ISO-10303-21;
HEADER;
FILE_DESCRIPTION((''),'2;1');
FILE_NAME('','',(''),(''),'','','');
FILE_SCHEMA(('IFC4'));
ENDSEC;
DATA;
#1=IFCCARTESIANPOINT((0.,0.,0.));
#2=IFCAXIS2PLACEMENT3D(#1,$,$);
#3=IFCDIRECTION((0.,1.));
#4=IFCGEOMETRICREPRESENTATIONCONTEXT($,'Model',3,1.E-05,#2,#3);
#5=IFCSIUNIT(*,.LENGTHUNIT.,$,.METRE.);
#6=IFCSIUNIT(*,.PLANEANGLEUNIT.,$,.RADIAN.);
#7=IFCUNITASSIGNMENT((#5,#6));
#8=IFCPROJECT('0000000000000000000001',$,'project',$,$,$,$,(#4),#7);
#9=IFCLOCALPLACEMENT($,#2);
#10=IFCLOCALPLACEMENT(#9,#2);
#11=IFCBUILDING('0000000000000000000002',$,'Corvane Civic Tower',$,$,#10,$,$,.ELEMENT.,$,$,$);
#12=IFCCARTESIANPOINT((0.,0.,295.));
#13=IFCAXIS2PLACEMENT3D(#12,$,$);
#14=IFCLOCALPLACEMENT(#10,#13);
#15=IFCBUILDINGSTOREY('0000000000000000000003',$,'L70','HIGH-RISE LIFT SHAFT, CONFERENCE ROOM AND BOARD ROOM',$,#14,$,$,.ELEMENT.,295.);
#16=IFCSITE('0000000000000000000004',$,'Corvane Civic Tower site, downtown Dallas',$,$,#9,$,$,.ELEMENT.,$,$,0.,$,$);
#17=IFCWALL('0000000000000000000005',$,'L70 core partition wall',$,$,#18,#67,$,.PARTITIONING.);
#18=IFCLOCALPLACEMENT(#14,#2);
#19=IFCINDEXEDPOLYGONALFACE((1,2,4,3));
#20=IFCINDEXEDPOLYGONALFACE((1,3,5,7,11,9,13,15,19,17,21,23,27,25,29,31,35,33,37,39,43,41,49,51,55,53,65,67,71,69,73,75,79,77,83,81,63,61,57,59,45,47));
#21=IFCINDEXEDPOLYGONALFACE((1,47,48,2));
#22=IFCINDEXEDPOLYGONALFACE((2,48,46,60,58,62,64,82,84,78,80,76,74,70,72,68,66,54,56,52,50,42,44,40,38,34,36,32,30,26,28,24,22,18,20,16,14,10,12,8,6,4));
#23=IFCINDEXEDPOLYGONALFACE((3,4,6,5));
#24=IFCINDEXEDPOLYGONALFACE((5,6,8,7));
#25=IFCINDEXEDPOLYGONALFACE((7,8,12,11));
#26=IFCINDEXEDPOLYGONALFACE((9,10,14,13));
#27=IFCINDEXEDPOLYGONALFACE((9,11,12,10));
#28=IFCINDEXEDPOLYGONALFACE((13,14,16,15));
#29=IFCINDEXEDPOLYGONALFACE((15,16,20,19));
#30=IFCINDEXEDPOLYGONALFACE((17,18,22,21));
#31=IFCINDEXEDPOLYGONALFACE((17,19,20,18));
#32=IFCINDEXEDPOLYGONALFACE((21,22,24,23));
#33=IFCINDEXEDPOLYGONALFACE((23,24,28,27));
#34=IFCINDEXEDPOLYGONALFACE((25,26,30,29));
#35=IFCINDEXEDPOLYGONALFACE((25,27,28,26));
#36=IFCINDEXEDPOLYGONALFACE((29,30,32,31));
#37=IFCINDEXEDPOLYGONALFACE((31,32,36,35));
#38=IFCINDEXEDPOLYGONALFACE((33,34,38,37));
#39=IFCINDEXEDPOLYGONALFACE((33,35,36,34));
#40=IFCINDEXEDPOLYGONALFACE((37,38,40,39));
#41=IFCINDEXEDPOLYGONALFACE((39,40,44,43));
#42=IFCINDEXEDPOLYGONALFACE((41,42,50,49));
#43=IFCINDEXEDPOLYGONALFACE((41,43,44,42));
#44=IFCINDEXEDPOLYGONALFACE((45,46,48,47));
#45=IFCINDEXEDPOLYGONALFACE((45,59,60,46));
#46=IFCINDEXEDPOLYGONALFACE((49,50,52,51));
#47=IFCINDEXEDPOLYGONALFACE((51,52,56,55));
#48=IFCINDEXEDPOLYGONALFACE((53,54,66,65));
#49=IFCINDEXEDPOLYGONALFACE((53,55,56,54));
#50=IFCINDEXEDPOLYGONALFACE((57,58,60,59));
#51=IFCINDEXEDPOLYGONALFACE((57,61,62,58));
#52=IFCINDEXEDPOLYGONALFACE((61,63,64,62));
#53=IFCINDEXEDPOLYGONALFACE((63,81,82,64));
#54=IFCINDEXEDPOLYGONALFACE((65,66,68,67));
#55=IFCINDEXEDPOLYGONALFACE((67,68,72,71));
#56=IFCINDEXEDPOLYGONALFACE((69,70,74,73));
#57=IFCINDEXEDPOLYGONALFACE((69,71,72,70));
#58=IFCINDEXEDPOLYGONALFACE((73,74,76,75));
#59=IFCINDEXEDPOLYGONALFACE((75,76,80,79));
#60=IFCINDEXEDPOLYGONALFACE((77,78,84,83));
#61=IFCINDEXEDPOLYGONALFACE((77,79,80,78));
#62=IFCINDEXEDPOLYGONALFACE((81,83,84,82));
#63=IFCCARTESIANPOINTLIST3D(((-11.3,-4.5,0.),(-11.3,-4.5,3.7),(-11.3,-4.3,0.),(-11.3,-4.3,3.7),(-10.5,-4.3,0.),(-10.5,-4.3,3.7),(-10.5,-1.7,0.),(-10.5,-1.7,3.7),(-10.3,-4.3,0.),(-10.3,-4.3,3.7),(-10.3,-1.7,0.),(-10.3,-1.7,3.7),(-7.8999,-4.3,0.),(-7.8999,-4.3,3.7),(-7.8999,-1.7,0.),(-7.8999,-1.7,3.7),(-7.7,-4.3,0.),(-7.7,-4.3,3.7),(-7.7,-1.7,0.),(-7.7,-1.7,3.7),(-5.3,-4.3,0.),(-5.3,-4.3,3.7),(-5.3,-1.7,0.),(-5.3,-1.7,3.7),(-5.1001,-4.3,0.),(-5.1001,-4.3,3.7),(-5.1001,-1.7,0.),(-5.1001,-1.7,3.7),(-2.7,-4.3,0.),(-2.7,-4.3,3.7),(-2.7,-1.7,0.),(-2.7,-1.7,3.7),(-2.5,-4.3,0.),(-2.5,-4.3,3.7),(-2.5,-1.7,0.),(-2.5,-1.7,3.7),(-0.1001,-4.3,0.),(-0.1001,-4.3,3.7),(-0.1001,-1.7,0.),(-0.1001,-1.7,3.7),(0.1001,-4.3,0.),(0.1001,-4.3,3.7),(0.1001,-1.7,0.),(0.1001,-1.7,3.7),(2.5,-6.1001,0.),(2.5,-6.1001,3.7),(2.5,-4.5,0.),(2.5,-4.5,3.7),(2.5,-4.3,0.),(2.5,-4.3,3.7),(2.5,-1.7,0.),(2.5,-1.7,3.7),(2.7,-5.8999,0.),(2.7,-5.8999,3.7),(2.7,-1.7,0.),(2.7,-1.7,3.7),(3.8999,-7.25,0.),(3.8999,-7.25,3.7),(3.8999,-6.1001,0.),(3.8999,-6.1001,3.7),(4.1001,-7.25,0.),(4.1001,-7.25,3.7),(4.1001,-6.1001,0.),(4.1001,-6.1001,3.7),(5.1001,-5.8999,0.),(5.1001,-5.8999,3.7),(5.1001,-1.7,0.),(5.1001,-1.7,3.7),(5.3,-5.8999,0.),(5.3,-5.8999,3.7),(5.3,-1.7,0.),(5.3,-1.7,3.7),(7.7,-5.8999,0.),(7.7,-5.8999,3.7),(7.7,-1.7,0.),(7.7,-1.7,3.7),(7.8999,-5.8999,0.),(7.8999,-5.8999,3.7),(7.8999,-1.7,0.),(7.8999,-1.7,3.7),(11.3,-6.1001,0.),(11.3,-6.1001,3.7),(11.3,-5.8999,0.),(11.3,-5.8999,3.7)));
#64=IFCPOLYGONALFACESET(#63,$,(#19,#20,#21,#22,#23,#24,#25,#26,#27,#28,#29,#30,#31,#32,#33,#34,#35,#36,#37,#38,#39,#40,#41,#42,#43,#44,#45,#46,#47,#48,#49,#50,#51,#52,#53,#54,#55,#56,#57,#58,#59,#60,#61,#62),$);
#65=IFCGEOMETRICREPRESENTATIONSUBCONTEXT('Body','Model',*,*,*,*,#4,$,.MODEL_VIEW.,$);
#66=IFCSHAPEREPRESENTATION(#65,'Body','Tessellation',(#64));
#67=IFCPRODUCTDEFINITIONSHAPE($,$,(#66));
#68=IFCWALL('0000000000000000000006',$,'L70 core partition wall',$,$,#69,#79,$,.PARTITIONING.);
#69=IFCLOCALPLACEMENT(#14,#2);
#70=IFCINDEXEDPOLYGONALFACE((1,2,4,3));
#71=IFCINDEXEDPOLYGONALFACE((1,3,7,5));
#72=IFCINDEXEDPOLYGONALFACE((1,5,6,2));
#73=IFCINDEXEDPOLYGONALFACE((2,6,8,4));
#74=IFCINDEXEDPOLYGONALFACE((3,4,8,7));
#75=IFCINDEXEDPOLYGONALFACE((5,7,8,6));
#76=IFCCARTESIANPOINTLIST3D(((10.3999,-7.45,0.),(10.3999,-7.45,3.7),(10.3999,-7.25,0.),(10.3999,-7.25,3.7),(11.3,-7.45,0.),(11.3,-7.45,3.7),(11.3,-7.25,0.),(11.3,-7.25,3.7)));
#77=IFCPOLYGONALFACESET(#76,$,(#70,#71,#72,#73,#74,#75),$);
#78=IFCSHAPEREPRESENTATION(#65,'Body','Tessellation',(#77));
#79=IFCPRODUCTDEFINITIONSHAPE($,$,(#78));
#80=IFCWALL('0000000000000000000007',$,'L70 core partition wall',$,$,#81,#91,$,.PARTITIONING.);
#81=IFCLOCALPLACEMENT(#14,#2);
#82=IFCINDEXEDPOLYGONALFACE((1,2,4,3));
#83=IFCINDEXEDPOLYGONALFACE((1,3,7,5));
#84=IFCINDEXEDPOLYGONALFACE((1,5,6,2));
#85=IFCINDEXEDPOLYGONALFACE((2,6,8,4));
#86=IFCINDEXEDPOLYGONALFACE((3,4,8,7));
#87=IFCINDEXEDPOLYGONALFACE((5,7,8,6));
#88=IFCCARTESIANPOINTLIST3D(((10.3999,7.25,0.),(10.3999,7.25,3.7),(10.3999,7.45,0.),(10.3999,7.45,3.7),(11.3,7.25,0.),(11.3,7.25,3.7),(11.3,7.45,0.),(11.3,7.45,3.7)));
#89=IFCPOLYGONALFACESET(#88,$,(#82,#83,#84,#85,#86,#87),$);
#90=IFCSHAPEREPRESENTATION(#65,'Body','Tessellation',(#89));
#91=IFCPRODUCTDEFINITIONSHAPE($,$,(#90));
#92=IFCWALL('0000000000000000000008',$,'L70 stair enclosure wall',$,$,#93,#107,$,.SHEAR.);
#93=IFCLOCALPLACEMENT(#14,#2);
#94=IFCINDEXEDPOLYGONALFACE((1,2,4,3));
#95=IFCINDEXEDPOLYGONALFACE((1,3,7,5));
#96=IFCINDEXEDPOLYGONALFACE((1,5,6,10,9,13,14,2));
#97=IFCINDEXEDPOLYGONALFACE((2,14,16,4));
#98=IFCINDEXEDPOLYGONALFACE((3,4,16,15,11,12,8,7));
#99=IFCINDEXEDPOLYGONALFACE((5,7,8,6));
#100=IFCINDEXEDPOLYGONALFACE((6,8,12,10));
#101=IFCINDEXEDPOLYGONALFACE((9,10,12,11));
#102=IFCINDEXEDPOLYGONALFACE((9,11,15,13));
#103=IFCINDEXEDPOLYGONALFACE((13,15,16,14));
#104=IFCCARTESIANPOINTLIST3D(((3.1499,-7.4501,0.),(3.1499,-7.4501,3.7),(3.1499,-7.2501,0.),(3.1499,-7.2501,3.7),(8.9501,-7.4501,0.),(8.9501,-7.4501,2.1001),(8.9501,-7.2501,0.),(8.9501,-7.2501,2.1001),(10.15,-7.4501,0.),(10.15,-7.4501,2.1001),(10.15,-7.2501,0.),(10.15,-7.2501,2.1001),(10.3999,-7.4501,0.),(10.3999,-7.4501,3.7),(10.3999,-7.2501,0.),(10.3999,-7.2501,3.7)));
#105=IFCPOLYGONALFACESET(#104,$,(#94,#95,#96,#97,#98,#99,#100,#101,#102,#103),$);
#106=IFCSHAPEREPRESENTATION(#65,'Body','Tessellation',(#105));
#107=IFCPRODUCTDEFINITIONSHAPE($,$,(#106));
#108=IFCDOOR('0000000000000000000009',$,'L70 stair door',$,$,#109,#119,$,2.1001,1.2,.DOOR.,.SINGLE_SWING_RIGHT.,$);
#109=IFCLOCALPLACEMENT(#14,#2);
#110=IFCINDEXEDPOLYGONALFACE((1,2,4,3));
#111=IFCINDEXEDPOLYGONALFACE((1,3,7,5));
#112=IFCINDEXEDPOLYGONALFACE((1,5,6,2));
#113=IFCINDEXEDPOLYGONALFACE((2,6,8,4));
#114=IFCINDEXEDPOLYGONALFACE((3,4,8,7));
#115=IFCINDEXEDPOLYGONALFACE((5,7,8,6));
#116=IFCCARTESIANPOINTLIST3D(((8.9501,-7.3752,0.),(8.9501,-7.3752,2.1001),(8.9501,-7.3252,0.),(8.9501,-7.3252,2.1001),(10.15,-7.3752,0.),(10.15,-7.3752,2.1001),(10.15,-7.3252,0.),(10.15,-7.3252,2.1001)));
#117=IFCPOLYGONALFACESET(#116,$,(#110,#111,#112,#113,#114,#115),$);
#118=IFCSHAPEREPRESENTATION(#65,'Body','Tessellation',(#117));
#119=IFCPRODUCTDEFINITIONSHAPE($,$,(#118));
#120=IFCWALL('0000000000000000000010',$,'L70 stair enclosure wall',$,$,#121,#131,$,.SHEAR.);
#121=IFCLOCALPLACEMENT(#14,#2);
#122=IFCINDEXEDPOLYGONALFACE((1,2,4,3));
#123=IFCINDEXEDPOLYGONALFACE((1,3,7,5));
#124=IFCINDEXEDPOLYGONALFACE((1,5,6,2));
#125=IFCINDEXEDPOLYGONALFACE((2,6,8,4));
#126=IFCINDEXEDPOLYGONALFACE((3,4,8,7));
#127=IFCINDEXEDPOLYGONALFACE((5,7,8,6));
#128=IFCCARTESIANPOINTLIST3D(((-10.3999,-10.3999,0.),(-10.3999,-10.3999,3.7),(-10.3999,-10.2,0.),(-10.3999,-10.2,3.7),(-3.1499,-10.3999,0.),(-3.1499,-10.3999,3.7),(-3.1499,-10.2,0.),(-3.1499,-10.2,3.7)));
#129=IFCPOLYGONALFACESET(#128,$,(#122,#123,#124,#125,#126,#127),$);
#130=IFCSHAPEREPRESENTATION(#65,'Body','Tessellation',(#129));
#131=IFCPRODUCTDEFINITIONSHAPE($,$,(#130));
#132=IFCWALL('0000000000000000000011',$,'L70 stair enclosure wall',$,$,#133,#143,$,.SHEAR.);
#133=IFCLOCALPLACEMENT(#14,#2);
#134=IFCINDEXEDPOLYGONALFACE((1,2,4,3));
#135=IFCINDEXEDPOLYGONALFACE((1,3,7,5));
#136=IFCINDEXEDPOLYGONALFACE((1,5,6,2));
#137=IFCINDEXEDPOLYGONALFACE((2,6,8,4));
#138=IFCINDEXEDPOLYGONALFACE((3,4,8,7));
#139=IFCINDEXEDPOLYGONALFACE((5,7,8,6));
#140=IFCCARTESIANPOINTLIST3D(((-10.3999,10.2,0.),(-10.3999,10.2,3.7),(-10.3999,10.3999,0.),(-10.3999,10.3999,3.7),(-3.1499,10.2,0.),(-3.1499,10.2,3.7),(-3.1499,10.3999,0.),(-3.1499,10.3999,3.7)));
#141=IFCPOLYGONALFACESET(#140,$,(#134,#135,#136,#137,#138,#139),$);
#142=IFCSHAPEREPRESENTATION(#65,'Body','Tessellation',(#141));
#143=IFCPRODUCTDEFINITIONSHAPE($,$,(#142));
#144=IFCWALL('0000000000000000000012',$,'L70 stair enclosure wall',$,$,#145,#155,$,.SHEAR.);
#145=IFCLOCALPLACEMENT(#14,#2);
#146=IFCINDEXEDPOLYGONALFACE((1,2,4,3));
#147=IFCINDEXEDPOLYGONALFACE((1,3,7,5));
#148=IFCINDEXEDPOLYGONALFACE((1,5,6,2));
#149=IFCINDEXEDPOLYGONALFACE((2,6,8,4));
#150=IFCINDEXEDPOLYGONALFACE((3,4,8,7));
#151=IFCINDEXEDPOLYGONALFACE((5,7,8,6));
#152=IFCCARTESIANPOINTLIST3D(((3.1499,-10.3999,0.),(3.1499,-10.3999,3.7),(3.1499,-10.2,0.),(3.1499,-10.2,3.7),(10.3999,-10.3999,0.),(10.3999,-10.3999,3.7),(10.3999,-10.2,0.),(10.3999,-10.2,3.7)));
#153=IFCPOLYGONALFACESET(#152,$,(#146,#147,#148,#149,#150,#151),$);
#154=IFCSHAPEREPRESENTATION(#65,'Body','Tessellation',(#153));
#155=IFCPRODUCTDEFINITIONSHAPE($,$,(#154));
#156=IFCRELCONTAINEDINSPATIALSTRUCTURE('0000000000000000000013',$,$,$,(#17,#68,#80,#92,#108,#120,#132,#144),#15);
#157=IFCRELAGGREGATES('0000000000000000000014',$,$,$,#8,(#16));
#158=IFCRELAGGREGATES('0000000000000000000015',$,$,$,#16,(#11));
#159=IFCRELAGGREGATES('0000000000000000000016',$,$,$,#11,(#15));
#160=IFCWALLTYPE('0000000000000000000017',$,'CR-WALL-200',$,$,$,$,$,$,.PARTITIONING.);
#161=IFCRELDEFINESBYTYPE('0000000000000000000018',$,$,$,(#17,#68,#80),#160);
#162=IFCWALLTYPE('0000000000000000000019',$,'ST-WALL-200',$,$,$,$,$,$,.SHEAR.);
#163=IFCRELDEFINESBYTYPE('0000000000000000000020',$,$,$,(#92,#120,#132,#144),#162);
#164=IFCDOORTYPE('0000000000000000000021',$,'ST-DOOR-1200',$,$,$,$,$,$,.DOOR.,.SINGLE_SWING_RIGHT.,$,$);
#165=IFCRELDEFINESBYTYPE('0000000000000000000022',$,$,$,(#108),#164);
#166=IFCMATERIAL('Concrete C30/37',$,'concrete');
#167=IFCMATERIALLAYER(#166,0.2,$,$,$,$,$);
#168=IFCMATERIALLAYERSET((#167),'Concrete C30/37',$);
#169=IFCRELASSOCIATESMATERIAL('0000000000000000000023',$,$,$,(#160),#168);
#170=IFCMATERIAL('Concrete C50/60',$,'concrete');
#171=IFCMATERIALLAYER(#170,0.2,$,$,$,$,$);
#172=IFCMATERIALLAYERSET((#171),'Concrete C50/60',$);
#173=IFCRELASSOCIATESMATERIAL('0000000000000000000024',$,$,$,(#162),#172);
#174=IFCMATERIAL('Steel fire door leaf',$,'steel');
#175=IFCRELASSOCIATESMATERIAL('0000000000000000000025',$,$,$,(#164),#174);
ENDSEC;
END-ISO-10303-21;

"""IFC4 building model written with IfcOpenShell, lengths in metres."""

from ifc_helpers import new_model, si_unit, direction, frame, frame_2d, origin, place, context, subcontext, project, spatial, polyline, rectangle, outline, extrude, material, layer, layer_set, type_object, element, fill, save


model = new_model("IFC4")

# Units and contexts
model_context = context("Model", 3, precision=1e-05, world=origin(), true_north=direction((0.0, 1.0)))
body_context = subcontext(model_context, "Body", "Model", "MODEL_VIEW")
ifc_project = project(units=[si_unit("LENGTHUNIT", "METRE"), si_unit("PLANEANGLEUNIT", "RADIAN")], contexts=[model_context])

# Site, building, storey
site_placement = place(None, origin())
site = spatial("IfcSite", under=ifc_project, at=site_placement, Name="Corvane Civic Tower site, downtown Dallas", CompositionType="ELEMENT", RefElevation=0.0)
building_placement = place(site_placement, origin())
building = spatial("IfcBuilding", under=site, at=building_placement, Name="Corvane Civic Tower", CompositionType="ELEMENT")
storey_placement = place(building_placement, frame((0.0, 0.0, 295.0)))
storey = spatial("IfcBuildingStorey", under=building, at=storey_placement, Name="L70", Description="HIGH-RISE LIFT SHAFT, CONFERENCE ROOM AND BOARD ROOM", CompositionType="ELEMENT", Elevation=295.0)

# Shared definitions
ifc_material_1 = material(Name="Concrete C30/37", Category="concrete")
ifc_layer_1 = layer(ifc_material_1, 0.2)
ifc_layer_set_1 = layer_set([ifc_layer_1], Name="Concrete C30/37")
wall_type_1 = type_object("IfcWallType", Name="CR-WALL-200", PredefinedType="PARTITIONING", material=ifc_layer_set_1)

# Walls
wall_1_placement = place(storey_placement, origin())
element("IfcWall", 1, at=wall_1_placement, inside=storey, type_object=wall_type_1, Name="L70 core partition wall", PredefinedType="PARTITIONING", context=body_context, shape_type="SweptSolid", body=[
    extrude(outline(polyline([(-10.5, -1.7), (-10.3, -1.7), (-10.3, -4.3), (-7.8999, -4.3), (-7.8999, -1.7), (-7.7, -1.7), (-7.7, -4.3), (-5.3, -4.3), (-5.3, -1.7), (-5.1001, -1.7), (-5.1001, -4.3), (-2.7, -4.3), (-2.7, -1.7), (-2.5, -1.7), (-2.5, -4.3), (-0.1001, -4.3), (-0.1001, -1.7), (0.1001, -1.7), (0.1001, -4.3), (2.5, -4.3), (2.5, -1.7), (2.7, -1.7), (2.7, -5.8999), (5.1001, -5.8999), (5.1001, -1.7), (5.3, -1.7), (5.3, -5.8999), (7.7, -5.8999), (7.7, -1.7), (7.8999, -1.7), (7.8999, -5.8999), (11.3, -5.8999), (11.3, -6.1001), (4.1001, -6.1001), (4.1001, -7.25), (3.8999, -7.25), (3.8999, -6.1001), (2.5, -6.1001), (2.5, -4.5), (-11.3, -4.5), (-11.3, -4.3), (-10.5, -4.3), (-10.5, -1.7)])), origin(), (0.0, 0.0, 1.0), 3.7),
])
wall_2_placement = place(storey_placement, origin())
element("IfcWall", 2, at=wall_2_placement, inside=storey, type_object=wall_type_1, Name="L70 core partition wall", PredefinedType="PARTITIONING", context=body_context, shape_type="SweptSolid", body=[
    extrude(outline(polyline([(11.3, -7.45), (10.3999, -7.45), (10.3999, -7.25), (11.3, -7.25), (11.3, -7.45)])), origin(), (0.0, 0.0, 1.0), 3.7),
])
wall_3_placement = place(storey_placement, origin())
element("IfcWall", 3, at=wall_3_placement, inside=storey, type_object=wall_type_1, Name="L70 core partition wall", PredefinedType="PARTITIONING", context=body_context, shape_type="SweptSolid", body=[
    extrude(outline(polyline([(10.3999, 7.25), (10.3999, 7.45), (11.3, 7.45), (11.3, 7.25), (10.3999, 7.25)])), origin(), (0.0, 0.0, 1.0), 3.7),
])

# Wall, opening, door
ifc_material_2 = material(Name="Concrete C50/60", Category="concrete")
ifc_layer_2 = layer(ifc_material_2, 0.2)
ifc_layer_set_2 = layer_set([ifc_layer_2], Name="Concrete C50/60")
wall_type_2 = type_object("IfcWallType", Name="ST-WALL-200", PredefinedType="SHEAR", material=ifc_layer_set_2)
wall_4_placement = place(storey_placement, frame((3.1499, -7.3501, 0.0), z_axis=(0.0, 0.0, 1.0), x_axis=(1.0, 0.0, 0.0)))
wall_4 = element("IfcWall", 4, at=wall_4_placement, inside=storey, type_object=wall_type_2, Name="L70 stair enclosure wall", PredefinedType="SHEAR", context=body_context, shape_type="SweptSolid", body=[
    extrude(rectangle(XDim=7.25, YDim=0.2, at=frame_2d((3.625, 0.0))), origin(), (0.0, 0.0, 1.0), 3.7),
])
opening_1_placement = place(wall_4_placement, frame((5.8, 0.0, 0.0)))
opening_1 = element("IfcOpeningElement", 5, at=opening_1_placement, cuts=wall_4, PredefinedType="OPENING", context=body_context, shape_type="SweptSolid", body=[
    extrude(rectangle(XDim=1.2, YDim=2.1001, at=frame_2d((0.6001, 1.05))), frame((0.0, 0.1099, 0.0), z_axis=(0.0, -1.0, 0.0), x_axis=(1.0, 0.0, 0.0)), (0.0, 0.0, 1.0), 0.22),
])
ifc_material_3 = material(Name="Steel fire door leaf", Category="steel")
door_type_1 = type_object("IfcDoorType", Name="ST-DOOR-1200", OperationType="SINGLE_SWING_RIGHT", PredefinedType="DOOR", material=ifc_material_3)
door_1_placement = place(opening_1_placement, origin())
door_1 = element("IfcDoor", 6, at=door_1_placement, inside=storey, type_object=door_type_1, Name="L70 stair door", OperationType="SINGLE_SWING_RIGHT", OverallHeight=2.1001, OverallWidth=1.2, PredefinedType="DOOR", context=body_context, shape_type="SweptSolid", body=[
    extrude(rectangle(XDim=1.2, YDim=2.1001, at=frame_2d((0.6001, 1.05))), frame((0.0, 0.0249, 0.0), z_axis=(0.0, -1.0, 0.0), x_axis=(1.0, 0.0, 0.0)), (0.0, 0.0, 1.0), 0.05),
])
fill(opening_1, door_1)

# Walls
wall_5_placement = place(storey_placement, origin())
element("IfcWall", 7, at=wall_5_placement, inside=storey, type_object=wall_type_2, Name="L70 stair enclosure wall", PredefinedType="SHEAR", context=body_context, shape_type="SweptSolid", body=[
    extrude(outline(polyline([(-3.1499, -10.2), (-3.1499, -10.3999), (-10.3999, -10.3999), (-10.3999, -10.2), (-3.1499, -10.2)])), origin(), (0.0, 0.0, 1.0), 3.7),
])
wall_6_placement = place(storey_placement, origin())
element("IfcWall", 8, at=wall_6_placement, inside=storey, type_object=wall_type_2, Name="L70 stair enclosure wall", PredefinedType="SHEAR", context=body_context, shape_type="SweptSolid", body=[
    extrude(outline(polyline([(-3.1499, 10.2), (-10.3999, 10.2), (-10.3999, 10.3999), (-3.1499, 10.3999), (-3.1499, 10.2)])), origin(), (0.0, 0.0, 1.0), 3.7),
])
wall_7_placement = place(storey_placement, origin())
element("IfcWall", 9, at=wall_7_placement, inside=storey, type_object=wall_type_2, Name="L70 stair enclosure wall", PredefinedType="SHEAR", context=body_context, shape_type="SweptSolid", body=[
    extrude(outline(polyline([(10.3999, -10.3999), (3.1499, -10.3999), (3.1499, -10.2), (10.3999, -10.2), (10.3999, -10.3999)])), origin(), (0.0, 0.0, 1.0), 3.7),
])

save(model, "model.ifc")
